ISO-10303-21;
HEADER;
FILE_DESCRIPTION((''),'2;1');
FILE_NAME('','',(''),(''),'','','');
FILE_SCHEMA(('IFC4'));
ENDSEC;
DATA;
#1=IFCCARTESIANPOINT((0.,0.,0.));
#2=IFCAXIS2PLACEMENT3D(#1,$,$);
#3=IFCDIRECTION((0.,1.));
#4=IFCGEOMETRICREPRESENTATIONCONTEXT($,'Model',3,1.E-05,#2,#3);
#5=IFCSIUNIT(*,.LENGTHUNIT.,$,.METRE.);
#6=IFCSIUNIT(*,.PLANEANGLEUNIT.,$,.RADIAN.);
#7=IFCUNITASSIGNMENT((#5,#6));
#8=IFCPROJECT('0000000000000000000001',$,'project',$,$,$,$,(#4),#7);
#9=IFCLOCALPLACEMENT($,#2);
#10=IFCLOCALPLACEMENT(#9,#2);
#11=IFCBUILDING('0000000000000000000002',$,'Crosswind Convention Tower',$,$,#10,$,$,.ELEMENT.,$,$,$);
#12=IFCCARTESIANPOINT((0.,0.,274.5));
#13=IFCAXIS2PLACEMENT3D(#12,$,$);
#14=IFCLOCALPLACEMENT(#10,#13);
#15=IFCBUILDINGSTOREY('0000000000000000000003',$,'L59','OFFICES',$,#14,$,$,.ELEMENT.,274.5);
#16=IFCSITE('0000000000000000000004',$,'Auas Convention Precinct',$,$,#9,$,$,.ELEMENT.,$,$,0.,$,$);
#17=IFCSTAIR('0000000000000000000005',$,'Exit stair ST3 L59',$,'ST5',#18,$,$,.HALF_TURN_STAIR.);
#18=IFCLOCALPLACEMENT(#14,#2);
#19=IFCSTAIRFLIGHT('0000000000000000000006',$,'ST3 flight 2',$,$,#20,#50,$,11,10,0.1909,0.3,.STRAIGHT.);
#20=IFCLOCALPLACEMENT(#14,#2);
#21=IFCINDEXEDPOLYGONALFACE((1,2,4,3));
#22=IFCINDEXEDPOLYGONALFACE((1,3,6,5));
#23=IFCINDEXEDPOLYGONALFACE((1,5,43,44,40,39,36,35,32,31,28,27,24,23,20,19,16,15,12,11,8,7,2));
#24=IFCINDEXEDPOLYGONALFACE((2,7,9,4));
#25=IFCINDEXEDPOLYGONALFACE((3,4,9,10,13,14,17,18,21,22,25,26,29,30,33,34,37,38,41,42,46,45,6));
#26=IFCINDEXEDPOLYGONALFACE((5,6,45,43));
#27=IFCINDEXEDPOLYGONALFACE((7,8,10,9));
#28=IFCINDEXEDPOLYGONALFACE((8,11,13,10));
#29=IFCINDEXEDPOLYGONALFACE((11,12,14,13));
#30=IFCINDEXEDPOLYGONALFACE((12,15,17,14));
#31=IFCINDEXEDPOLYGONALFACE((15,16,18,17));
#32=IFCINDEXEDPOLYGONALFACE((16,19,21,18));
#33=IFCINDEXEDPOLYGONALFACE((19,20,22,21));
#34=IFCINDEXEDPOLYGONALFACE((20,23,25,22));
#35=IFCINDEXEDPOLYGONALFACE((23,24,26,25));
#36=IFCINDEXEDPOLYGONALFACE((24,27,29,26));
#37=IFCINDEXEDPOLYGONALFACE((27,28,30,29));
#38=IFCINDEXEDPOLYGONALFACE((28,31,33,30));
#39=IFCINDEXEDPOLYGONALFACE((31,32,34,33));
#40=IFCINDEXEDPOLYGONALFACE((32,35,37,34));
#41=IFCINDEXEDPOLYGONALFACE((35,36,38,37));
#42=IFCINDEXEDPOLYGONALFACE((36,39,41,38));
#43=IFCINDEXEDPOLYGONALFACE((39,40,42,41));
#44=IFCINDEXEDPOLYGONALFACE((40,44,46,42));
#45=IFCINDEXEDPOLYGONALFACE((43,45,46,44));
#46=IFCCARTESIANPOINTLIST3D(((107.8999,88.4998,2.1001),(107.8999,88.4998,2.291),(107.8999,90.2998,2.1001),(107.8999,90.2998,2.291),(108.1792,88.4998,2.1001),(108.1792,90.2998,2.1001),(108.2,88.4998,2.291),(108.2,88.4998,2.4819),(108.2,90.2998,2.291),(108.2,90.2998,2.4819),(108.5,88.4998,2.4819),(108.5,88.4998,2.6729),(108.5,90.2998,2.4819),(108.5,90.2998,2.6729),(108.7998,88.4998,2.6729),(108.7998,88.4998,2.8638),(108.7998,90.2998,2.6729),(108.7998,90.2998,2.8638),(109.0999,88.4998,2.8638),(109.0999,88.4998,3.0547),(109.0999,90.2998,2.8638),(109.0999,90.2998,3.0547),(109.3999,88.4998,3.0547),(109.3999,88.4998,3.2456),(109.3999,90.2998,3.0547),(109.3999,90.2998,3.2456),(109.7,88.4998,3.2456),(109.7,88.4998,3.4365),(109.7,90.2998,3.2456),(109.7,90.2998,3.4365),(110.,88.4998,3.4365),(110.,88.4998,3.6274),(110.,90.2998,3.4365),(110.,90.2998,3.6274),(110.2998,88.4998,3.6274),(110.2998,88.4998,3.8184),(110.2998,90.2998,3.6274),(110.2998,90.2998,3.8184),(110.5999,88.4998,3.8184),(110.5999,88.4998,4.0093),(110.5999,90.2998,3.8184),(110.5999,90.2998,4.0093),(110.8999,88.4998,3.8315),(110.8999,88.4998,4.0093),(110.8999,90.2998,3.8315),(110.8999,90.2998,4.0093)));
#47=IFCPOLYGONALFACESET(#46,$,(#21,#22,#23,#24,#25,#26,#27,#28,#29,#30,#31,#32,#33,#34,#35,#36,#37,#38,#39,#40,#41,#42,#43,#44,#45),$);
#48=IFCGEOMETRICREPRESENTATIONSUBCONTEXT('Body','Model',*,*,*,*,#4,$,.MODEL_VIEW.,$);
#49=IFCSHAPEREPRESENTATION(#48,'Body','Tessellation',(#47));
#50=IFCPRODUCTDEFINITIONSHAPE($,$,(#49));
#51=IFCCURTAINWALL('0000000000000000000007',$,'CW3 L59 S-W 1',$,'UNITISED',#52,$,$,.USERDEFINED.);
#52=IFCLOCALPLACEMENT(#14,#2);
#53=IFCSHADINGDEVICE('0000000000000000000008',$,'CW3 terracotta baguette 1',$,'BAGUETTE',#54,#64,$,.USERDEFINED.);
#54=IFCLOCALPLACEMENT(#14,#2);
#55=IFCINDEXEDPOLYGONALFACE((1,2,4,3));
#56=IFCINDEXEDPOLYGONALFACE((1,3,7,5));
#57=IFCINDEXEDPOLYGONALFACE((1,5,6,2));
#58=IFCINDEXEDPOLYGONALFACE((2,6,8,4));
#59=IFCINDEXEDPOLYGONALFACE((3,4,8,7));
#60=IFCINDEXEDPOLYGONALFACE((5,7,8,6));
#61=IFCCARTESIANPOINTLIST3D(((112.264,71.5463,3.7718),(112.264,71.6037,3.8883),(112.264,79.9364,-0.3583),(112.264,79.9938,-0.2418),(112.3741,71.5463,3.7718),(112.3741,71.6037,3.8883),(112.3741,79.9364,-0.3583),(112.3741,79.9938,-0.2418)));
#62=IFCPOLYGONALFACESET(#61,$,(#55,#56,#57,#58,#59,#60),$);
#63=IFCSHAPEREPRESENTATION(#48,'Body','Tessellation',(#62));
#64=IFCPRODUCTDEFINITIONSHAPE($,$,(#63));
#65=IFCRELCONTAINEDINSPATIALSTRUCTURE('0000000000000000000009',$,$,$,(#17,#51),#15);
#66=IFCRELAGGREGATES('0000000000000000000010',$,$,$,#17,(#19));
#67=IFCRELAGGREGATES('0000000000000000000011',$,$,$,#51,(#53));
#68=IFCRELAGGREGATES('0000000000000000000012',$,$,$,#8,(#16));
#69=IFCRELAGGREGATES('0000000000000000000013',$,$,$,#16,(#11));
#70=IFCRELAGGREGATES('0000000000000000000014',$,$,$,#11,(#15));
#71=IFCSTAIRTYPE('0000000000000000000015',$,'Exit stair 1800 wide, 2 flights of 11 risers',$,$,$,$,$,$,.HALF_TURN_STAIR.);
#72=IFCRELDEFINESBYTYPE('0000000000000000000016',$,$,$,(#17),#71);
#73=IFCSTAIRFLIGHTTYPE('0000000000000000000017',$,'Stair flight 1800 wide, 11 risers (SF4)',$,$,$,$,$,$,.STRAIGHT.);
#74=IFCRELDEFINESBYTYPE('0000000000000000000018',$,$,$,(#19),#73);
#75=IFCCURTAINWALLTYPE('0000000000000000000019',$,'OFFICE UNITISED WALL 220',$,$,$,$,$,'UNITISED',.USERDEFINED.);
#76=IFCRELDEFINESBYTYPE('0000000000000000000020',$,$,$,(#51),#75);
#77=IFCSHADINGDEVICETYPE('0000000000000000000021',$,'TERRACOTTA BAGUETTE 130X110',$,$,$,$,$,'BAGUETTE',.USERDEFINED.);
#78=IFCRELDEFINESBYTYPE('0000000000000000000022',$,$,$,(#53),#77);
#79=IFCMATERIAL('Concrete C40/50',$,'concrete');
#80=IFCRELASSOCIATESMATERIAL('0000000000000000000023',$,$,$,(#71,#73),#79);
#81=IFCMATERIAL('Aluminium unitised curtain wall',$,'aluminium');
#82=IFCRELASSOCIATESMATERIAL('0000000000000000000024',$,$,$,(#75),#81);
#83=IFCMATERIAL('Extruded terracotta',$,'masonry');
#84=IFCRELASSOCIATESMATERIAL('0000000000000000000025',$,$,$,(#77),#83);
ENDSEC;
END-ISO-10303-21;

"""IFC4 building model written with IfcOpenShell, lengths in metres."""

from ifc_helpers import new_model, si_unit, direction, frame, origin, origin_2d, place, context, subcontext, project, spatial, polyline, rectangle, outline, extrude, material, material_profile, profile_set, type_object, element, aggregate, save


model = new_model("IFC4")

# Units and contexts
model_context = context("Model", 3, precision=1e-05, world=origin(), true_north=direction((0.0, 1.0)))
body_context = subcontext(model_context, "Body", "Model", "MODEL_VIEW")
ifc_project = project(units=[si_unit("LENGTHUNIT", "METRE"), si_unit("PLANEANGLEUNIT", "RADIAN")], contexts=[model_context])

# Site, building, storey
site_placement = place(None, origin())
site = spatial("IfcSite", under=ifc_project, at=site_placement, Name="Auas Convention Precinct", CompositionType="ELEMENT", RefElevation=0.0)
building_placement = place(site_placement, origin())
building = spatial("IfcBuilding", under=site, at=building_placement, Name="Crosswind Convention Tower", CompositionType="ELEMENT")
storey_placement = place(building_placement, frame((0.0, 0.0, 274.5)))
storey = spatial("IfcBuildingStorey", under=building, at=storey_placement, Name="L59", Description="OFFICES", CompositionType="ELEMENT", Elevation=274.5)

# Shared definitions
ifc_material_1 = material(Name="Concrete C40/50", Category="concrete")

# Stair
stair_type = type_object("IfcStairType", Name="Exit stair 1800 wide, 2 flights of 11 risers", PredefinedType="HALF_TURN_STAIR", material=ifc_material_1)
stair_1_placement = place(storey_placement, origin())
stair_1 = element("IfcStair", 1, at=stair_1_placement, inside=storey, type_object=stair_type, Name="Exit stair ST3 L59", ObjectType="ST5", PredefinedType="HALF_TURN_STAIR")

# Stair flight
stair_flight_type = type_object("IfcStairFlightType", Name="Stair flight 1800 wide, 11 risers (SF4)", PredefinedType="STRAIGHT", material=ifc_material_1)
stair_flight_1_placement = place(storey_placement, frame((107.8999, 89.3999, 2.1001), z_axis=(0.0, 0.0, 1.0), x_axis=(1.0, 0.0, 0.0)))
stair_flight_1 = element("IfcStairFlight", 2, at=stair_flight_1_placement, type_object=stair_flight_type, Name="ST3 flight 2", NumberOfRisers=11, NumberOfTreads=10, PredefinedType="STRAIGHT", RiserHeight=0.1909, TreadLength=0.3, context=body_context, shape_type="SweptSolid", body=[
    extrude(outline(polyline([(0.0, 0.0), (0.0, 0.1909), (0.3, 0.1909), (0.3, 0.3818), (0.6001, 0.3818), (0.6001, 0.5728), (0.8999, 0.5728), (0.8999, 0.7637), (1.2, 0.7637), (1.2, 0.9546), (1.5, 0.9546), (1.5, 1.1455), (1.8, 1.1455), (1.8, 1.3364), (2.1001, 1.3364), (2.1001, 1.5273), (2.3999, 1.5273), (2.3999, 1.7183), (2.7, 1.7183), (2.7, 1.9092), (3.0, 1.9092), (3.0, 2.1001), (3.0, 1.7314), (0.2793, 0.0), (0.0, 0.0)])), frame((0.0, 0.8999, 0.0), z_axis=(0.0, -1.0, 0.0), x_axis=(1.0, 0.0, 0.0)), (0.0, 0.0, 1.0), 1.8),
])
aggregate(stair_1, [stair_flight_1])

# Curtain wall, shading device
ifc_material_2 = material(Name="Aluminium unitised curtain wall", Category="aluminium")
curtain_wall_type = type_object("IfcCurtainWallType", Name="OFFICE UNITISED WALL 220", ElementType="UNITISED", PredefinedType="USERDEFINED", material=ifc_material_2)
curtain_wall_placement = place(storey_placement, origin())
curtain_wall = element("IfcCurtainWall", 3, at=curtain_wall_placement, inside=storey, type_object=curtain_wall_type, Name="CW3 L59 S-W 1", ObjectType="UNITISED", PredefinedType="USERDEFINED")
ifc_material_3 = material(Name="Extruded terracotta", Category="masonry")
ifc_material_profile = material_profile(ifc_material_3, rectangle(XDim=0.1101, YDim=0.1299, at=origin_2d()), Name="TC 110X130")
ifc_profile_set = profile_set([ifc_material_profile], Name="Extruded terracotta")
shading_device_type = type_object("IfcShadingDeviceType", Name="TERRACOTTA BAGUETTE 130X110", ElementType="BAGUETTE", PredefinedType="USERDEFINED", material=ifc_profile_set)
shading_device_placement = place(storey_placement, frame((112.3191, 79.9651, -0.3), z_axis=(0.0, -0.897188, 0.441649), x_axis=(1.0, 0.0, 0.0)))
shading_device = element("IfcShadingDevice", 4, at=shading_device_placement, type_object=shading_device_type, Name="CW3 terracotta baguette 1", ObjectType="BAGUETTE", PredefinedType="USERDEFINED", context=body_context, shape_type="SweptSolid", body=[
    extrude(rectangle(XDim=0.1101, YDim=0.1299, at=origin_2d()), origin(), (0.0, 0.0, 1.0), 9.3516),
])
aggregate(curtain_wall, [shading_device])

save(model, "model.ifc")
